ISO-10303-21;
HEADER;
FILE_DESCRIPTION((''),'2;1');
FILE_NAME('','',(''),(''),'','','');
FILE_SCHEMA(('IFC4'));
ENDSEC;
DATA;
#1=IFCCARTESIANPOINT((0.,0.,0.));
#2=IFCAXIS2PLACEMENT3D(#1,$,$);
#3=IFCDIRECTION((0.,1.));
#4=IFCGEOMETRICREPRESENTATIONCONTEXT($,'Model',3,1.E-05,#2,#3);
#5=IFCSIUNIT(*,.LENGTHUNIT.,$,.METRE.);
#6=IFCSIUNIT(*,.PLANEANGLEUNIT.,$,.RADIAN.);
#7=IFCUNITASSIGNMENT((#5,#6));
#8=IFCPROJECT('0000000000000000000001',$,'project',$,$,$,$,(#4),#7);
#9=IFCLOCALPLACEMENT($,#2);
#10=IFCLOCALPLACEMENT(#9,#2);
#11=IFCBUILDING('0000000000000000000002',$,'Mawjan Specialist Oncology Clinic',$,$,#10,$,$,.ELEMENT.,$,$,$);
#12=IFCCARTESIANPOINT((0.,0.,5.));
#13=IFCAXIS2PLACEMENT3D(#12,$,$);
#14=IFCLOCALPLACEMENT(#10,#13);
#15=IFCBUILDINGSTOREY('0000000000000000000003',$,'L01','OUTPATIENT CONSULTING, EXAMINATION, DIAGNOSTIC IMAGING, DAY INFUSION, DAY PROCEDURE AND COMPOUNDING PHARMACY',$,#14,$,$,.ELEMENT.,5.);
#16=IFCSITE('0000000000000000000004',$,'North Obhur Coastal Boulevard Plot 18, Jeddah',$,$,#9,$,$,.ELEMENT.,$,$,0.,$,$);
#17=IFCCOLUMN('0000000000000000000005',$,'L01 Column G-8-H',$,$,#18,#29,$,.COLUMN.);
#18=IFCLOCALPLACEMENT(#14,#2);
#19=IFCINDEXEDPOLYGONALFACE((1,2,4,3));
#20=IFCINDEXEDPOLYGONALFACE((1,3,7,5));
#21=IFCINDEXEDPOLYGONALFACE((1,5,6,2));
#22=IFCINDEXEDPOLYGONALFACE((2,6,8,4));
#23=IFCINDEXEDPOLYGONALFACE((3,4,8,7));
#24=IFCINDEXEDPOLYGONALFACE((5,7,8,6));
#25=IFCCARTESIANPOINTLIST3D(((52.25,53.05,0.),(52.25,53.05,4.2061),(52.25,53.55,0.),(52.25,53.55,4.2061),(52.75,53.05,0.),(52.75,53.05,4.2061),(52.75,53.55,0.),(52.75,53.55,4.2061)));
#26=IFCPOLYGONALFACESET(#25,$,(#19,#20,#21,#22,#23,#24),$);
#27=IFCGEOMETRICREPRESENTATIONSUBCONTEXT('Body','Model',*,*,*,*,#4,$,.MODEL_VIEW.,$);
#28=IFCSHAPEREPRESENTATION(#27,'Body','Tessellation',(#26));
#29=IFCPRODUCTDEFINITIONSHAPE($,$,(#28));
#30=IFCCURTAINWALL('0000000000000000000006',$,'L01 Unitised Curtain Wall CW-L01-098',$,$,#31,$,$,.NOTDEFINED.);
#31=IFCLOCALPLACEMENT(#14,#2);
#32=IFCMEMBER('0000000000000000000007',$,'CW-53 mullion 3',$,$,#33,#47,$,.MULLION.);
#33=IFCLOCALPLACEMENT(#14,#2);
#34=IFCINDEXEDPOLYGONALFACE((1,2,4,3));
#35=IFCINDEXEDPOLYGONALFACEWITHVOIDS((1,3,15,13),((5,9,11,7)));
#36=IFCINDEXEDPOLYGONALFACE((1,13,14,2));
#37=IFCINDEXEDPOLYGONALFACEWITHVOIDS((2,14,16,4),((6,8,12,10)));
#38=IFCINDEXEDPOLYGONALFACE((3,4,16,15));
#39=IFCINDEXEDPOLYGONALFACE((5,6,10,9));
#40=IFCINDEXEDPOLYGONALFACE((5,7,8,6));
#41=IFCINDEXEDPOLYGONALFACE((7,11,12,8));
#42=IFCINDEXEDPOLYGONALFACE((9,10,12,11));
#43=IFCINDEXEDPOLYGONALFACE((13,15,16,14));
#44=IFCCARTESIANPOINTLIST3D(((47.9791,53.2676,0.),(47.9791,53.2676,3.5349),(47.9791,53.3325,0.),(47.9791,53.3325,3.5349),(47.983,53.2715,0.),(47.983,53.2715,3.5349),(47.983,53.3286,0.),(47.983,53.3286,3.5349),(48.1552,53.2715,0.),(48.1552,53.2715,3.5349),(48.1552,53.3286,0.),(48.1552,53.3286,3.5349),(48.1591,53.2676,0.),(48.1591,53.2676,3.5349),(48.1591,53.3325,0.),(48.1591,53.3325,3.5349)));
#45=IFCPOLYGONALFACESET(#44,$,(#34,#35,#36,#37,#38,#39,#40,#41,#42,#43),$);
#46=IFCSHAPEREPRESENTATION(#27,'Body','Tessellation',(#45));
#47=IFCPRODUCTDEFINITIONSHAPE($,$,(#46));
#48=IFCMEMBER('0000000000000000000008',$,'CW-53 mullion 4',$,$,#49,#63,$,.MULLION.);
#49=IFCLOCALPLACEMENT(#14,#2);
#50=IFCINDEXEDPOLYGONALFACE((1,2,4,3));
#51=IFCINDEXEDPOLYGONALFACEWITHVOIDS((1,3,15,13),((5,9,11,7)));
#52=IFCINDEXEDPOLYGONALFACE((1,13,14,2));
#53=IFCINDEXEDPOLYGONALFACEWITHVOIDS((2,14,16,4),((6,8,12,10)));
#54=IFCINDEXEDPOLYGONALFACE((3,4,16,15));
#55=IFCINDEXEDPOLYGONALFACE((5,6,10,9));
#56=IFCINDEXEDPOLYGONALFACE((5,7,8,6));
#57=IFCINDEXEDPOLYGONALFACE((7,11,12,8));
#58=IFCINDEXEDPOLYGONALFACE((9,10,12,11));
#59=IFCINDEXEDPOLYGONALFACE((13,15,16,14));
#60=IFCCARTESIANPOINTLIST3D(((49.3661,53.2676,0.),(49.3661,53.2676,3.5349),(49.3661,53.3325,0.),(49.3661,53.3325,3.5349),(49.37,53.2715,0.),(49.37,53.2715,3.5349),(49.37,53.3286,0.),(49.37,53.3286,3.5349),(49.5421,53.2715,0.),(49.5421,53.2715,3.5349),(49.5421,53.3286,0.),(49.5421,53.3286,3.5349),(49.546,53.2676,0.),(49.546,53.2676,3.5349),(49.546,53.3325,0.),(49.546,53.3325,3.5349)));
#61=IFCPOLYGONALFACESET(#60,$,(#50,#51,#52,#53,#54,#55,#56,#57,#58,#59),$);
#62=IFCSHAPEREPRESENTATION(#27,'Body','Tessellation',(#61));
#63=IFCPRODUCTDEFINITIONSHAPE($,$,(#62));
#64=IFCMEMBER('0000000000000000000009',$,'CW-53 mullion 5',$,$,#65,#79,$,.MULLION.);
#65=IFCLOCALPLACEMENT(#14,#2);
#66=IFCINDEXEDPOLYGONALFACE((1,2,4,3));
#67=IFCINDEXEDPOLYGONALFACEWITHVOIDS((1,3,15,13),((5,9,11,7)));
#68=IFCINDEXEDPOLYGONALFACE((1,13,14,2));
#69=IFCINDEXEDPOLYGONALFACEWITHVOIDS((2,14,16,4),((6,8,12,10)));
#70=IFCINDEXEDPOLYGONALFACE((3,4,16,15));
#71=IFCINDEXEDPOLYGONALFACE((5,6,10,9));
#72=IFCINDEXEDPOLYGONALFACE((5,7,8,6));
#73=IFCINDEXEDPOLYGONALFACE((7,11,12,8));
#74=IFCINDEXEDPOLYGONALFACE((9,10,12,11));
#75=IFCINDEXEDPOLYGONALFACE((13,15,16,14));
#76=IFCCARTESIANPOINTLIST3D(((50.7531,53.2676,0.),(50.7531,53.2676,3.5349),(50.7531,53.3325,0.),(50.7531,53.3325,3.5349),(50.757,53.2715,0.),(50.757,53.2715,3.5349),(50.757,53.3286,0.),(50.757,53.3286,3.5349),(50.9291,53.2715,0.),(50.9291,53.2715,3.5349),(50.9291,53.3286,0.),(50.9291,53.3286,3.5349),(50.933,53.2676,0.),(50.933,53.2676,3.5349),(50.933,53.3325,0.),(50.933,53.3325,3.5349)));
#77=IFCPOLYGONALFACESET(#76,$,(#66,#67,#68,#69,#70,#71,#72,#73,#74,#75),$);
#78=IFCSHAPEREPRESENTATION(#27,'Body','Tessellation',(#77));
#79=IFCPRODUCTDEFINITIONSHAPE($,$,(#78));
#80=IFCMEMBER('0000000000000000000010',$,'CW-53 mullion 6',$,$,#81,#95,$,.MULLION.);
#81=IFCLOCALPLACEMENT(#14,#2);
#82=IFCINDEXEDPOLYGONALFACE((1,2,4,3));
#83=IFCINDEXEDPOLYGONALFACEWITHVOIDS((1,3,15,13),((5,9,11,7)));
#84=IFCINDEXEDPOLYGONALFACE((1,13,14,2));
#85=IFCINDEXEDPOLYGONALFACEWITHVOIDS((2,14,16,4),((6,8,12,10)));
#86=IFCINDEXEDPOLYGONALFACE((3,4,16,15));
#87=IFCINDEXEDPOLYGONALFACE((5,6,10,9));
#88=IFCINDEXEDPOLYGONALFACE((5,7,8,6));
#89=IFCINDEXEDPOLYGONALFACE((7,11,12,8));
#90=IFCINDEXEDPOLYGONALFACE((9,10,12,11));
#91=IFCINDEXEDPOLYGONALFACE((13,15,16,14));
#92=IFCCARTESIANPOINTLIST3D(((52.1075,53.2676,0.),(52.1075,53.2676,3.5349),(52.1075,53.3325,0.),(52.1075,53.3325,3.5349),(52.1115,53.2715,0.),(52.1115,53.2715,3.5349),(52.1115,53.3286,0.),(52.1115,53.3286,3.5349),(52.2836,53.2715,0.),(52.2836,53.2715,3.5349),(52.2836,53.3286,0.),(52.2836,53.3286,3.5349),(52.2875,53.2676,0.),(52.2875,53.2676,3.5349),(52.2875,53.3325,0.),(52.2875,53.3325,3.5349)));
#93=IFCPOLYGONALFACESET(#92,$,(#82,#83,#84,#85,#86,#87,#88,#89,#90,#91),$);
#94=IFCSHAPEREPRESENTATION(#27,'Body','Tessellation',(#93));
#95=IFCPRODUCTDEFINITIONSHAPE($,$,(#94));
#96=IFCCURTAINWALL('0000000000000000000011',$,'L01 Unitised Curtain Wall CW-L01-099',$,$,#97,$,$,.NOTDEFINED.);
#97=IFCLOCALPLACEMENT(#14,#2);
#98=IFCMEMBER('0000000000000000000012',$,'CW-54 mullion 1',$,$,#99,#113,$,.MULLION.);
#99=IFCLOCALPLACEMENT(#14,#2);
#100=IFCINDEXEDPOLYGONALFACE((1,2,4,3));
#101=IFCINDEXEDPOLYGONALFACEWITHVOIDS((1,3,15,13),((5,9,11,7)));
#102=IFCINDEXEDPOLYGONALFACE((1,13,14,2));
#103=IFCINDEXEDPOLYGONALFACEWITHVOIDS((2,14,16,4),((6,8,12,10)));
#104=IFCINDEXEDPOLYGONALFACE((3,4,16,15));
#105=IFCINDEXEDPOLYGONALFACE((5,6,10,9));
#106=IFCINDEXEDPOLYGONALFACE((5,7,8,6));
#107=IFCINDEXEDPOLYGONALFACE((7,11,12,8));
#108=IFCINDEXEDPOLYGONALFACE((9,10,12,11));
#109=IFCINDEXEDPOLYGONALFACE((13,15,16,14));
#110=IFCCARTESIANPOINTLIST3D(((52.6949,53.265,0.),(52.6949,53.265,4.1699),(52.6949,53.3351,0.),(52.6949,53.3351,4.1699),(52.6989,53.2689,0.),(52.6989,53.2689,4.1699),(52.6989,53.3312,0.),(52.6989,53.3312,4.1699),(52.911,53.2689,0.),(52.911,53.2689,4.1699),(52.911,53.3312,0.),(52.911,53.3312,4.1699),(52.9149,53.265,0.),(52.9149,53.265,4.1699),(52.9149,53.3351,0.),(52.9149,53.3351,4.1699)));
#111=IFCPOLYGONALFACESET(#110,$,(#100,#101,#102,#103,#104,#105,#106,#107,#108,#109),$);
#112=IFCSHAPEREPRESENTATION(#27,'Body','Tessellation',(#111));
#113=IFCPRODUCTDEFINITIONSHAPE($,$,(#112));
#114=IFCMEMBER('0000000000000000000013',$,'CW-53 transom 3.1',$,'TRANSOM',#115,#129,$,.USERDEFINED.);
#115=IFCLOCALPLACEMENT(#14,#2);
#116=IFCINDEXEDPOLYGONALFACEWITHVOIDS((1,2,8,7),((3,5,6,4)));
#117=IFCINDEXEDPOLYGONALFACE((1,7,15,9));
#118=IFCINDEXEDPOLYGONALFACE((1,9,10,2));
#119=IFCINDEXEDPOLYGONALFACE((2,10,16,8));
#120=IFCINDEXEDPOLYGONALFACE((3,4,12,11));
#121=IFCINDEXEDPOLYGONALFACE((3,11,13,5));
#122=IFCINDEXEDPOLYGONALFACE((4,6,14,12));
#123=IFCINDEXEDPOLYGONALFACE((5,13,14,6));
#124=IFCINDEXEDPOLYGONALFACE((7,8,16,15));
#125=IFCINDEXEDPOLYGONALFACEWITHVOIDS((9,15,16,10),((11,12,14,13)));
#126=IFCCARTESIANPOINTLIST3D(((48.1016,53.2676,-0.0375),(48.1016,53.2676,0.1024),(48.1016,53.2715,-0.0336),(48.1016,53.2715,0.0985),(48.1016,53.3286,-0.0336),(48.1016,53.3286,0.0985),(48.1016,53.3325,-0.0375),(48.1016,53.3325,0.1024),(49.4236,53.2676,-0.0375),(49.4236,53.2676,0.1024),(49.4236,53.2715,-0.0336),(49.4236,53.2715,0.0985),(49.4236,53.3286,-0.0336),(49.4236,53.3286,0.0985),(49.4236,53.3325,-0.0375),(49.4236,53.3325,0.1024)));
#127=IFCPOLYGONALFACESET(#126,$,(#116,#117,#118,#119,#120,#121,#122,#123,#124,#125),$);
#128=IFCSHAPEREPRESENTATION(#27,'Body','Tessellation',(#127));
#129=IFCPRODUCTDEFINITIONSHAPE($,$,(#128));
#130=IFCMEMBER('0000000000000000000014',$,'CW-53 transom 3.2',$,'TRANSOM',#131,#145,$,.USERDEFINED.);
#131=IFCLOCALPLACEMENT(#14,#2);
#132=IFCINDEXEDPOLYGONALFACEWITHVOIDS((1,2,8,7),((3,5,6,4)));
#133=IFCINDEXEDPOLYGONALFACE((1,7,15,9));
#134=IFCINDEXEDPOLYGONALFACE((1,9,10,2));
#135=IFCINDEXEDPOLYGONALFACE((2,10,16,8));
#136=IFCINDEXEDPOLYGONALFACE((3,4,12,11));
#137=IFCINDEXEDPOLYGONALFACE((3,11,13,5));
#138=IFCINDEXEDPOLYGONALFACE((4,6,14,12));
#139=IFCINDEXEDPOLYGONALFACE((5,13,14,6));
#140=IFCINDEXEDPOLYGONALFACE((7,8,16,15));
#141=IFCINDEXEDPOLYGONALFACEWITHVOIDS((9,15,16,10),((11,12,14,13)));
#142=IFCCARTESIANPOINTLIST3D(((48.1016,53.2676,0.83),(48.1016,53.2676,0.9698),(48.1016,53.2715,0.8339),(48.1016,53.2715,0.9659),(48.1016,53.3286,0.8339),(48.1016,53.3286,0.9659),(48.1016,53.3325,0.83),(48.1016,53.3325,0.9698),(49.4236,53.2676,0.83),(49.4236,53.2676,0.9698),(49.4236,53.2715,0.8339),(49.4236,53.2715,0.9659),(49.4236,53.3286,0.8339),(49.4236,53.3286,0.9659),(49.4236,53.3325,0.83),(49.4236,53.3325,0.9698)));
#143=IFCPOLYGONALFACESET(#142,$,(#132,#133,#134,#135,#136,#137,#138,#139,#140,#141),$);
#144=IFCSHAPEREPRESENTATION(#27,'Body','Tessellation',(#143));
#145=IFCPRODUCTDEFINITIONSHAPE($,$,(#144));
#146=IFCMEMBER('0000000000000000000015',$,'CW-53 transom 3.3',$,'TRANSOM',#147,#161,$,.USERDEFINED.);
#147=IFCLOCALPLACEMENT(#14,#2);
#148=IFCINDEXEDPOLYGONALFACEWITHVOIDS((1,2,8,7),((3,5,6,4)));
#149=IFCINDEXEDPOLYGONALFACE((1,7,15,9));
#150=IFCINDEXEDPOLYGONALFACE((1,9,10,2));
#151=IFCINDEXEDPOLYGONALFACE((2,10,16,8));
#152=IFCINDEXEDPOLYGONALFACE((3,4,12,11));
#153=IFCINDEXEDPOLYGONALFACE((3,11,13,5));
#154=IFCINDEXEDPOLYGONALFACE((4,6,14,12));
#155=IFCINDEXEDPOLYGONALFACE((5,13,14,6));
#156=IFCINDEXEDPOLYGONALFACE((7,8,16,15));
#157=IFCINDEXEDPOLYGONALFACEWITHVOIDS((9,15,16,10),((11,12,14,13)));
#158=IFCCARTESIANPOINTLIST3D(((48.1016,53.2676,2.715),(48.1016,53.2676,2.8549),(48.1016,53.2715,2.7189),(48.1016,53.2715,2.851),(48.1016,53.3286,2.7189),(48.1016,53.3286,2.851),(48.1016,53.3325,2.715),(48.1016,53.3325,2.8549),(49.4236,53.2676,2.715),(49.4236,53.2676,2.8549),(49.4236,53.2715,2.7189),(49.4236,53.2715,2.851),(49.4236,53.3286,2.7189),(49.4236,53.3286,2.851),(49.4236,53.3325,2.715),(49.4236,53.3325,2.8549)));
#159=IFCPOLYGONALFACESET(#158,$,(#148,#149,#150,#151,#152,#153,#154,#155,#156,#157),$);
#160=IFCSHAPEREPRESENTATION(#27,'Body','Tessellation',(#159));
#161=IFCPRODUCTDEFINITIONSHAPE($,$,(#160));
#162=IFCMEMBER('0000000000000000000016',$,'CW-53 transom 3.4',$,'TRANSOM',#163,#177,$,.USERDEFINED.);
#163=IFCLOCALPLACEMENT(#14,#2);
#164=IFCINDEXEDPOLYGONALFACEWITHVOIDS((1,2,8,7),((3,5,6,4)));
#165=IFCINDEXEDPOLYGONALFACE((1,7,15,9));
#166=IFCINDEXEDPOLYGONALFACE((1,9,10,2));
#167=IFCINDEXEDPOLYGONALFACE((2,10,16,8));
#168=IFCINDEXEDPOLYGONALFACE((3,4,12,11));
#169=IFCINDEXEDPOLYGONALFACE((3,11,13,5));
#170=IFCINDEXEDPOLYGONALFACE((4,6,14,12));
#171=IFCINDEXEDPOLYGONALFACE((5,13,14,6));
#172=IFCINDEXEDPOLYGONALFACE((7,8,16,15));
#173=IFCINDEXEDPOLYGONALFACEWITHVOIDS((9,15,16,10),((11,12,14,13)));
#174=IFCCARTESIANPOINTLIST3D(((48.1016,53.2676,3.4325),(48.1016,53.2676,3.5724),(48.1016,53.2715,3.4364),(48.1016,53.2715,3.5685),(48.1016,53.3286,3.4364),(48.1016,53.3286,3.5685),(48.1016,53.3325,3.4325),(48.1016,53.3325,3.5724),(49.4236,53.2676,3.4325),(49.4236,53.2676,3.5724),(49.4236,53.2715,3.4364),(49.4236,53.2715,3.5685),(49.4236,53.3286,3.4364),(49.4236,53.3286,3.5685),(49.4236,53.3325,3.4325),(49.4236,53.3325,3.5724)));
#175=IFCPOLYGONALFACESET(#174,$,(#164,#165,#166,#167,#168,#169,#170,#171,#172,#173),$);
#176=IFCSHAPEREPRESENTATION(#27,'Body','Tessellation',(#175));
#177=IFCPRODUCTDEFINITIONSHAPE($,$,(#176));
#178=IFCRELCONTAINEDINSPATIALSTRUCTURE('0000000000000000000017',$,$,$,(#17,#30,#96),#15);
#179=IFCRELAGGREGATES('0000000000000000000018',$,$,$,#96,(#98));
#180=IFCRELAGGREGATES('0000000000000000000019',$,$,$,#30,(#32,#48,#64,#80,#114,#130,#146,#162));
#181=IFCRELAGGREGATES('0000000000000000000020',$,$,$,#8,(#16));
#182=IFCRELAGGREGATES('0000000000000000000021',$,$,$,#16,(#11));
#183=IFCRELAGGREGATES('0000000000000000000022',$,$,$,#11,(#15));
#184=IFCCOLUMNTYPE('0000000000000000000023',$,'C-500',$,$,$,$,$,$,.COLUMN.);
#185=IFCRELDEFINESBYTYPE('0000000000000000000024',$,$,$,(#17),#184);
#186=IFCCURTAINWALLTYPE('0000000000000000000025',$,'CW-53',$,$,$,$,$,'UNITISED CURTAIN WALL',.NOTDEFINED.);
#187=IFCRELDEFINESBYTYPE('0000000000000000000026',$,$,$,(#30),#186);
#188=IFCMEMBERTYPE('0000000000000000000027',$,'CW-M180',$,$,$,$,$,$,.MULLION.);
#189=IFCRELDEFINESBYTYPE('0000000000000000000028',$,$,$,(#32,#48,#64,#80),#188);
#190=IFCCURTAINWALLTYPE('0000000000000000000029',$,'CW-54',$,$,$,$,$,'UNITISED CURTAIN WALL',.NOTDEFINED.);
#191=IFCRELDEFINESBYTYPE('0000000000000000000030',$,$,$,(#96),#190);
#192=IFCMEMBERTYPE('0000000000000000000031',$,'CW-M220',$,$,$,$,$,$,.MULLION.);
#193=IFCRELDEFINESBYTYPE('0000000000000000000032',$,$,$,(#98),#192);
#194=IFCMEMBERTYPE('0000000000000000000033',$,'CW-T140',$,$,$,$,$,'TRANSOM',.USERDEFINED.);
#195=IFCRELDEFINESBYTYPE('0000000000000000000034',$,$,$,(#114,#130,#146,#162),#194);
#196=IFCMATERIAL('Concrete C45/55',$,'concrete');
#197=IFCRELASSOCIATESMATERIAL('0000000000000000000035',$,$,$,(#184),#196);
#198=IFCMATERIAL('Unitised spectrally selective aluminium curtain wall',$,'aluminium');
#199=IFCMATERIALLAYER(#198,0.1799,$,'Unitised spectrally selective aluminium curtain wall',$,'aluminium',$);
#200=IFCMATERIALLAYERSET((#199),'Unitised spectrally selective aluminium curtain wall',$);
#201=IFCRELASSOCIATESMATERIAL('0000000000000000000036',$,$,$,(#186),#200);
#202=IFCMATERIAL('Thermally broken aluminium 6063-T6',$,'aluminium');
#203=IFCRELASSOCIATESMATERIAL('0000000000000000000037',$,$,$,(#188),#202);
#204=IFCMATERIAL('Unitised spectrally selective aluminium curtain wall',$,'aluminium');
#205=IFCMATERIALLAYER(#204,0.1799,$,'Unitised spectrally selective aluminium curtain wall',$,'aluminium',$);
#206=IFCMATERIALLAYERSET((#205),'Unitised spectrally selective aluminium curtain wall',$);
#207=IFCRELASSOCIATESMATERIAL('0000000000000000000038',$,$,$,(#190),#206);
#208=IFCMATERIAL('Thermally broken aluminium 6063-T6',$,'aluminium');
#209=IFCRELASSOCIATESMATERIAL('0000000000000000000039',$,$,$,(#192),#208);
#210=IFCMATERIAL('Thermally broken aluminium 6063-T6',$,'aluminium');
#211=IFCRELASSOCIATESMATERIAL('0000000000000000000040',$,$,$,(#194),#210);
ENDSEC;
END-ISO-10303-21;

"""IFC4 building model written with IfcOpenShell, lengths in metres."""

from ifc_helpers import new_model, si_unit, direction, frame, origin, origin_2d, place, context, subcontext, project, spatial, rectangle, hollow_rectangle, extrude, material, layer, layer_set, material_profile, profile_set, type_object, element, aggregate, save


model = new_model("IFC4")

# Units and contexts
model_context = context("Model", 3, precision=1e-05, world=origin(), true_north=direction((0.0, 1.0)))
body_context = subcontext(model_context, "Body", "Model", "MODEL_VIEW")
ifc_project = project(units=[si_unit("LENGTHUNIT", "METRE"), si_unit("PLANEANGLEUNIT", "RADIAN")], contexts=[model_context])

# Site, building, storey
site_placement = place(None, origin())
site = spatial("IfcSite", under=ifc_project, at=site_placement, Name="North Obhur Coastal Boulevard Plot 18, Jeddah", CompositionType="ELEMENT", RefElevation=0.0)
building_placement = place(site_placement, origin())
building = spatial("IfcBuilding", under=site, at=building_placement, Name="Mawjan Specialist Oncology Clinic", CompositionType="ELEMENT")
storey_placement = place(building_placement, frame((0.0, 0.0, 5.0)))
storey = spatial("IfcBuildingStorey", under=building, at=storey_placement, Name="L01", Description="OUTPATIENT CONSULTING, EXAMINATION, DIAGNOSTIC IMAGING, DAY INFUSION, DAY PROCEDURE AND COMPOUNDING PHARMACY", CompositionType="ELEMENT", Elevation=5.0)

# Column
ifc_material_1 = material(Name="Concrete C45/55", Category="concrete")
ifc_material_profile_1 = material_profile(ifc_material_1, rectangle(XDim=0.5, YDim=0.5, at=origin_2d()), Name="RC COL 500x500", Category="concrete")
ifc_profile_set_1 = profile_set([ifc_material_profile_1], Name="Concrete C45/55")
column_type = type_object("IfcColumnType", Name="C-500", PredefinedType="COLUMN", material=ifc_profile_set_1)
column_placement = place(storey_placement, frame((52.5, 53.3, 0.0), z_axis=(0.0, 0.0, 1.0), x_axis=(1.0, 0.0, 0.0)))
element("IfcColumn", 1, at=column_placement, inside=storey, type_object=column_type, Name="L01 Column G-8-H", PredefinedType="COLUMN", context=body_context, shape_type="SweptSolid", body=[
    extrude(rectangle(XDim=0.5, YDim=0.5, at=origin_2d()), origin(), (0.0, 0.0, 1.0), 4.2061),
])

# Curtain wall, members
ifc_material_2 = material(Name="Unitised spectrally selective aluminium curtain wall", Category="aluminium")
ifc_layer_1 = layer(ifc_material_2, 0.1799, Name="Unitised spectrally selective aluminium curtain wall", Category="aluminium")
ifc_layer_set_1 = layer_set([ifc_layer_1], Name="Unitised spectrally selective aluminium curtain wall")
curtain_wall_type_1 = type_object("IfcCurtainWallType", Name="CW-53", ElementType="UNITISED CURTAIN WALL", PredefinedType="NOTDEFINED", material=ifc_layer_set_1)
curtain_wall_1_placement = place(storey_placement, origin())
curtain_wall_1 = element("IfcCurtainWall", 2, at=curtain_wall_1_placement, inside=storey, type_object=curtain_wall_type_1, Name="L01 Unitised Curtain Wall CW-L01-098", PredefinedType="NOTDEFINED")
ifc_material_3 = material(Name="Thermally broken aluminium 6063-T6", Category="aluminium")
ifc_material_profile_2 = material_profile(ifc_material_3, hollow_rectangle(XDim=0.0649, YDim=0.1799, WallThickness=0.0039, at=origin_2d()), Name="ALU MULLION 180x65x4", Category="aluminium")
ifc_profile_set_2 = profile_set([ifc_material_profile_2], Name="Thermally broken aluminium 6063-T6")
member_type_1 = type_object("IfcMemberType", Name="CW-M180", PredefinedType="MULLION", material=ifc_profile_set_2)
member_1_placement = place(storey_placement, frame((48.0691, 53.3, 0.0), z_axis=(0.0, 0.0, 1.0), x_axis=(0.0, 1.0, 0.0)))
member_1 = element("IfcMember", 3, at=member_1_placement, type_object=member_type_1, Name="CW-53 mullion 3", PredefinedType="MULLION", context=body_context, shape_type="SweptSolid", body=[
    extrude(hollow_rectangle(XDim=0.0649, YDim=0.1799, WallThickness=0.0039, at=origin_2d()), origin(), (0.0, 0.0, 1.0), 3.5349),
])
member_2_placement = place(storey_placement, frame((49.4561, 53.3, 0.0), z_axis=(0.0, 0.0, 1.0), x_axis=(0.0, 1.0, 0.0)))
member_2 = element("IfcMember", 4, at=member_2_placement, type_object=member_type_1, Name="CW-53 mullion 4", PredefinedType="MULLION", context=body_context, shape_type="SweptSolid", body=[
    extrude(hollow_rectangle(XDim=0.0649, YDim=0.1799, WallThickness=0.0039, at=origin_2d()), origin(), (0.0, 0.0, 1.0), 3.5349),
])
member_3_placement = place(storey_placement, frame((50.843, 53.3, 0.0), z_axis=(0.0, 0.0, 1.0), x_axis=(0.0, 1.0, 0.0)))
member_3 = element("IfcMember", 5, at=member_3_placement, type_object=member_type_1, Name="CW-53 mullion 5", PredefinedType="MULLION", context=body_context, shape_type="SweptSolid", body=[
    extrude(hollow_rectangle(XDim=0.0649, YDim=0.1799, WallThickness=0.0039, at=origin_2d()), origin(), (0.0, 0.0, 1.0), 3.5349),
])
member_4_placement = place(storey_placement, frame((52.1975, 53.3, 0.0), z_axis=(0.0, 0.0, 1.0), x_axis=(0.0, 1.0, 0.0)))
member_4 = element("IfcMember", 6, at=member_4_placement, type_object=member_type_1, Name="CW-53 mullion 6", PredefinedType="MULLION", context=body_context, shape_type="SweptSolid", body=[
    extrude(hollow_rectangle(XDim=0.0649, YDim=0.1799, WallThickness=0.0039, at=origin_2d()), origin(), (0.0, 0.0, 1.0), 3.5349),
])

# Curtain wall, member
ifc_material_4 = material(Name="Unitised spectrally selective aluminium curtain wall", Category="aluminium")
ifc_layer_2 = layer(ifc_material_4, 0.1799, Name="Unitised spectrally selective aluminium curtain wall", Category="aluminium")
ifc_layer_set_2 = layer_set([ifc_layer_2], Name="Unitised spectrally selective aluminium curtain wall")
curtain_wall_type_2 = type_object("IfcCurtainWallType", Name="CW-54", ElementType="UNITISED CURTAIN WALL", PredefinedType="NOTDEFINED", material=ifc_layer_set_2)
curtain_wall_2_placement = place(storey_placement, origin())
curtain_wall_2 = element("IfcCurtainWall", 7, at=curtain_wall_2_placement, inside=storey, type_object=curtain_wall_type_2, Name="L01 Unitised Curtain Wall CW-L01-099", PredefinedType="NOTDEFINED")
ifc_material_5 = material(Name="Thermally broken aluminium 6063-T6", Category="aluminium")
ifc_material_profile_3 = material_profile(ifc_material_5, hollow_rectangle(XDim=0.0701, YDim=0.22, WallThickness=0.0039, at=origin_2d()), Name="ALU MULLION 220x70x4", Category="aluminium")
ifc_profile_set_3 = profile_set([ifc_material_profile_3], Name="Thermally broken aluminium 6063-T6")
member_type_2 = type_object("IfcMemberType", Name="CW-M220", PredefinedType="MULLION", material=ifc_profile_set_3)
member_5_placement = place(storey_placement, frame((52.8049, 53.3, 0.0), z_axis=(0.0, 0.0, 1.0), x_axis=(0.0, 1.0, 0.0)))
member_5 = element("IfcMember", 8, at=member_5_placement, type_object=member_type_2, Name="CW-54 mullion 1", PredefinedType="MULLION", context=body_context, shape_type="SweptSolid", body=[
    extrude(hollow_rectangle(XDim=0.0701, YDim=0.22, WallThickness=0.0039, at=origin_2d()), origin(), (0.0, 0.0, 1.0), 4.1699),
])

# Members
ifc_material_6 = material(Name="Thermally broken aluminium 6063-T6", Category="aluminium")
ifc_material_profile_4 = material_profile(ifc_material_6, hollow_rectangle(XDim=0.0649, YDim=0.1399, WallThickness=0.0039, at=origin_2d()), Name="ALU TRANSOM 140x65x4", Category="aluminium")
ifc_profile_set_4 = profile_set([ifc_material_profile_4], Name="Thermally broken aluminium 6063-T6")
member_type_3 = type_object("IfcMemberType", Name="CW-T140", ElementType="TRANSOM", PredefinedType="USERDEFINED", material=ifc_profile_set_4)
member_6_placement = place(storey_placement, frame((48.1016, 53.3, 0.0325), z_axis=(1.0, 0.0, 0.0), x_axis=(0.0, 1.0, 0.0)))
member_6 = element("IfcMember", 9, at=member_6_placement, type_object=member_type_3, Name="CW-53 transom 3.1", ObjectType="TRANSOM", PredefinedType="USERDEFINED", context=body_context, shape_type="SweptSolid", body=[
    extrude(hollow_rectangle(XDim=0.0649, YDim=0.1399, WallThickness=0.0039, at=origin_2d()), origin(), (0.0, 0.0, 1.0), 1.322),
])
member_7_placement = place(storey_placement, frame((48.1016, 53.3, 0.8999), z_axis=(1.0, 0.0, 0.0), x_axis=(0.0, 1.0, 0.0)))
member_7 = element("IfcMember", 10, at=member_7_placement, type_object=member_type_3, Name="CW-53 transom 3.2", ObjectType="TRANSOM", PredefinedType="USERDEFINED", context=body_context, shape_type="SweptSolid", body=[
    extrude(hollow_rectangle(XDim=0.0649, YDim=0.1399, WallThickness=0.0039, at=origin_2d()), origin(), (0.0, 0.0, 1.0), 1.322),
])
member_8_placement = place(storey_placement, frame((48.1016, 53.3, 2.7849), z_axis=(1.0, 0.0, 0.0), x_axis=(0.0, 1.0, 0.0)))
member_8 = element("IfcMember", 11, at=member_8_placement, type_object=member_type_3, Name="CW-53 transom 3.3", ObjectType="TRANSOM", PredefinedType="USERDEFINED", context=body_context, shape_type="SweptSolid", body=[
    extrude(hollow_rectangle(XDim=0.0649, YDim=0.1399, WallThickness=0.0039, at=origin_2d()), origin(), (0.0, 0.0, 1.0), 1.322),
])
member_9_placement = place(storey_placement, frame((48.1016, 53.3, 3.5024), z_axis=(1.0, 0.0, 0.0), x_axis=(0.0, 1.0, 0.0)))
member_9 = element("IfcMember", 12, at=member_9_placement, type_object=member_type_3, Name="CW-53 transom 3.4", ObjectType="TRANSOM", PredefinedType="USERDEFINED", context=body_context, shape_type="SweptSolid", body=[
    extrude(hollow_rectangle(XDim=0.0649, YDim=0.1399, WallThickness=0.0039, at=origin_2d()), origin(), (0.0, 0.0, 1.0), 1.322),
])
aggregate(curtain_wall_2, [member_5])

aggregate(curtain_wall_1, [member_1, member_2, member_3, member_4, member_6, member_7, member_8, member_9])

save(model, "model.ifc")
